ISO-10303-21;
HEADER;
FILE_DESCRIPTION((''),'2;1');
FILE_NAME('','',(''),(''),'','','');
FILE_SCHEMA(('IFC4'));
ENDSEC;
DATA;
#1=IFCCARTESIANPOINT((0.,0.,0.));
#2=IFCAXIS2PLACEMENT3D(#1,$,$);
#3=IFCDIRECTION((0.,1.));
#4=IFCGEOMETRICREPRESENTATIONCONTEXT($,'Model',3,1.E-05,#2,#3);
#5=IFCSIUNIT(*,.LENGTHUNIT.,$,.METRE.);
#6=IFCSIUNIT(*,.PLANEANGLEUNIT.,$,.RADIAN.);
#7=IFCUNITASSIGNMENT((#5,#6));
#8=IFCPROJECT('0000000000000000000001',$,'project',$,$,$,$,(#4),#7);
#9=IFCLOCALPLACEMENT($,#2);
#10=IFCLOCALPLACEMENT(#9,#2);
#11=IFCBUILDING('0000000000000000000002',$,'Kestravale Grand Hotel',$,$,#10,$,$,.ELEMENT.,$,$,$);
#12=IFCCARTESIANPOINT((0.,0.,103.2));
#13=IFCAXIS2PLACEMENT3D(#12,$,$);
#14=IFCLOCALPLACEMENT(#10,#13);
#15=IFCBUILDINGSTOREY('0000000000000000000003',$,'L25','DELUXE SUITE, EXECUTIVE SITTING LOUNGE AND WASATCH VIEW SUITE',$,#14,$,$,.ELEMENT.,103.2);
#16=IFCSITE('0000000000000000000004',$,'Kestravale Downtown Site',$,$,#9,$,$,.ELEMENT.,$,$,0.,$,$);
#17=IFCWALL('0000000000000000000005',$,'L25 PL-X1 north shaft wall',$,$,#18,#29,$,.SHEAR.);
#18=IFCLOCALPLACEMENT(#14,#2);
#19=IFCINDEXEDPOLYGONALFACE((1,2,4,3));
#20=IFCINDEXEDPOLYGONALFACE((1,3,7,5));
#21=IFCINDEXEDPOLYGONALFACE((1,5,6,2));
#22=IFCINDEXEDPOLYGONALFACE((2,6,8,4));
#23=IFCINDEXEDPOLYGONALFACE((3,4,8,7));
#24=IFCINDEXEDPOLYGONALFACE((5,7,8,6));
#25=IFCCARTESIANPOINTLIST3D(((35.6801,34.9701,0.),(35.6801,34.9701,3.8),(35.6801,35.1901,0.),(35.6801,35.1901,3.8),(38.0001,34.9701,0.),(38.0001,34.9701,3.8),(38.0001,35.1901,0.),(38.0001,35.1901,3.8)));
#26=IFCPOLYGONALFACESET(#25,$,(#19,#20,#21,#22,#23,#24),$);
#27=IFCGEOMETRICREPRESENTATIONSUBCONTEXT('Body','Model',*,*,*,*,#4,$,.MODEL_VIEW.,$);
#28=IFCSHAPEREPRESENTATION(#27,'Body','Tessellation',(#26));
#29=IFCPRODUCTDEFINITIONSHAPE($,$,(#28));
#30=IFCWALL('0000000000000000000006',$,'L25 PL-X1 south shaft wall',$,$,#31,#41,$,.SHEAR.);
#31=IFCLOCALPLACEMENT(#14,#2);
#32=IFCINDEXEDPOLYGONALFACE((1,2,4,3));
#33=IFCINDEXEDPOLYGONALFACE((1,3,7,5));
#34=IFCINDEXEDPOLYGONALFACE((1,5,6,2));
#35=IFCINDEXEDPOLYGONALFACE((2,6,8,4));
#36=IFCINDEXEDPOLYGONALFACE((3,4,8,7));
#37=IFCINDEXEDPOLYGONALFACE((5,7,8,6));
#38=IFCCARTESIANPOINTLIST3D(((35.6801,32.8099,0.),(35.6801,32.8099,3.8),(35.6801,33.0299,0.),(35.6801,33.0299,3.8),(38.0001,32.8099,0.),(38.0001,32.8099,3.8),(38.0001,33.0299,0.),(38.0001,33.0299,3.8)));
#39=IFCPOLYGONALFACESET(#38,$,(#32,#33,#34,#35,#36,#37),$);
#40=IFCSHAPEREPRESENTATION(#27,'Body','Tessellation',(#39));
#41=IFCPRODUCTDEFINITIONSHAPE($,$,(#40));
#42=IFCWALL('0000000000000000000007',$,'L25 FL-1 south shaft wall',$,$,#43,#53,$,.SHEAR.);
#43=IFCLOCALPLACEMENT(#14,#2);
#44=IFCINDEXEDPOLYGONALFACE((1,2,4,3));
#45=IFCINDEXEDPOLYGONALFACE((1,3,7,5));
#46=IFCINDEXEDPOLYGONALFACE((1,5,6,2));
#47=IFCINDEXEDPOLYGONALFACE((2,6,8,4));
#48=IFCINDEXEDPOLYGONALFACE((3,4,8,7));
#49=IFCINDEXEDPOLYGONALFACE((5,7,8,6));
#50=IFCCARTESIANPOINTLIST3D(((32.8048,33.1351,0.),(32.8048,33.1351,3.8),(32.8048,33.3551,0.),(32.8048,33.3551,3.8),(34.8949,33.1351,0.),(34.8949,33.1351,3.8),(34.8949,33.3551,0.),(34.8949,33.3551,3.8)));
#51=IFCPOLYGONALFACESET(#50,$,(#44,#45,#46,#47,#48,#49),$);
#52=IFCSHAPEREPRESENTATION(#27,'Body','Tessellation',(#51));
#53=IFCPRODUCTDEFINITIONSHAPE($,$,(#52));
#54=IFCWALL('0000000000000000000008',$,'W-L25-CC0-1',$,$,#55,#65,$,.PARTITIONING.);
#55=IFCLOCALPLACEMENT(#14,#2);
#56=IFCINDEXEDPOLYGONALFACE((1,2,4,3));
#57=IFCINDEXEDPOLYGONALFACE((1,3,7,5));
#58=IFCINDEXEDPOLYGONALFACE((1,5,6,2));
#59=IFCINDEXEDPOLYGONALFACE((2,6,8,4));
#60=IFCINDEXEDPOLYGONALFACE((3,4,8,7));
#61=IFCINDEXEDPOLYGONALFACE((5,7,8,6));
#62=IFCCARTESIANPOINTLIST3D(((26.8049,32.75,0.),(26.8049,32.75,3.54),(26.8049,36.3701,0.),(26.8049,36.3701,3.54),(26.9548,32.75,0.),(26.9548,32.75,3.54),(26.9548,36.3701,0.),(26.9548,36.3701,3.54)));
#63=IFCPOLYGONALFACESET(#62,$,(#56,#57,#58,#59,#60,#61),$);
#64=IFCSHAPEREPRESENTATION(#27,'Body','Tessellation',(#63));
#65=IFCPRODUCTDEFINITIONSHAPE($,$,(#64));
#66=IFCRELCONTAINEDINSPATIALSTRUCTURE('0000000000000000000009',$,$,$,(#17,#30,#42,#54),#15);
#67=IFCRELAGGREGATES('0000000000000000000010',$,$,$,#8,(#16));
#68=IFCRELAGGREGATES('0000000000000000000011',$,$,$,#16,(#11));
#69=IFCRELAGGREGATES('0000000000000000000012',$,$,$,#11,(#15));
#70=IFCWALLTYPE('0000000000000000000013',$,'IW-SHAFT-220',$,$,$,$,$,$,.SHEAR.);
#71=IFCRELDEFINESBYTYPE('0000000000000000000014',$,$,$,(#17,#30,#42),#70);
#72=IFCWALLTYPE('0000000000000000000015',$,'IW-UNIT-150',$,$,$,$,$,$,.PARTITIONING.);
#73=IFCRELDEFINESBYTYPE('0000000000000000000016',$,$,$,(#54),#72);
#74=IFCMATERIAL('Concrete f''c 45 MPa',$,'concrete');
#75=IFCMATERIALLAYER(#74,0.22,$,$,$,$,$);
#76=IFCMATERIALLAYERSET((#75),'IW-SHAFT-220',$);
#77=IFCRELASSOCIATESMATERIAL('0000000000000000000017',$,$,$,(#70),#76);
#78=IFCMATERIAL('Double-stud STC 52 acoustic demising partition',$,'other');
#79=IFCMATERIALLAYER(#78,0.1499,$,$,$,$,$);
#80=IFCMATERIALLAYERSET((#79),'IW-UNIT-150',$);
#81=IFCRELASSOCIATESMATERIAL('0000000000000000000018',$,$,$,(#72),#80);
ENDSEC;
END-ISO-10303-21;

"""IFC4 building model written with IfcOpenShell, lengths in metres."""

from ifc_helpers import new_model, si_unit, direction, frame, frame_2d, origin, place, context, subcontext, project, spatial, rectangle, extrude, material, layer, layer_set, type_object, element, save


model = new_model("IFC4")

# Units and contexts
model_context = context("Model", 3, precision=1e-05, world=origin(), true_north=direction((0.0, 1.0)))
body_context = subcontext(model_context, "Body", "Model", "MODEL_VIEW")
ifc_project = project(units=[si_unit("LENGTHUNIT", "METRE"), si_unit("PLANEANGLEUNIT", "RADIAN")], contexts=[model_context])

# Site, building, storey
site_placement = place(None, origin())
site = spatial("IfcSite", under=ifc_project, at=site_placement, Name="Kestravale Downtown Site", CompositionType="ELEMENT", RefElevation=0.0)
building_placement = place(site_placement, origin())
building = spatial("IfcBuilding", under=site, at=building_placement, Name="Kestravale Grand Hotel", CompositionType="ELEMENT")
storey_placement = place(building_placement, frame((0.0, 0.0, 103.2)))
storey = spatial("IfcBuildingStorey", under=building, at=storey_placement, Name="L25", Description="DELUXE SUITE, EXECUTIVE SITTING LOUNGE AND WASATCH VIEW SUITE", CompositionType="ELEMENT", Elevation=103.2)

# Shared definitions
ifc_material_1 = material(Name="Concrete f'c 45 MPa", Category="concrete")
ifc_layer_1 = layer(ifc_material_1, 0.22)
ifc_layer_set_1 = layer_set([ifc_layer_1], Name="IW-SHAFT-220")
wall_type_1 = type_object("IfcWallType", Name="IW-SHAFT-220", PredefinedType="SHEAR", material=ifc_layer_set_1)

# Walls
for number, where, z_axis, x_axis, name in (
    (1, (35.6799, 35.0801, 0.0), (0.0, 0.0, 1.0), (1.0, 0.0, 0.0), "L25 PL-X1 north shaft wall"),
    (2, (35.6799, 32.9199, 0.0), (0.0, 0.0, 1.0), (1.0, 0.0, 0.0), "L25 PL-X1 south shaft wall"),
):
    element("IfcWall", number, at=place(storey_placement, frame(where, z_axis=z_axis, x_axis=x_axis)), inside=storey, type_object=wall_type_1, Name=name, PredefinedType="SHEAR", context=body_context, shape_type="SweptSolid", body=[
        extrude(rectangle(XDim=2.3201, YDim=0.22, at=frame_2d((1.1602, 0.0))), origin(), (0.0, 0.0, 1.0), 3.8),
    ])

# Walls
wall_1_placement = place(storey_placement, frame((32.8049, 33.2451, 0.0), z_axis=(0.0, 0.0, 1.0), x_axis=(1.0, 0.0, 0.0)))
element("IfcWall", 3, at=wall_1_placement, inside=storey, type_object=wall_type_1, Name="L25 FL-1 south shaft wall", PredefinedType="SHEAR", context=body_context, shape_type="SweptSolid", body=[
    extrude(rectangle(XDim=2.0901, YDim=0.22, at=frame_2d((1.0449, 0.0))), origin(), (0.0, 0.0, 1.0), 3.8),
])
ifc_material_2 = material(Name="Double-stud STC 52 acoustic demising partition", Category="other")
ifc_layer_2 = layer(ifc_material_2, 0.1499)
ifc_layer_set_2 = layer_set([ifc_layer_2], Name="IW-UNIT-150")
wall_type_2 = type_object("IfcWallType", Name="IW-UNIT-150", PredefinedType="PARTITIONING", material=ifc_layer_set_2)
wall_2_placement = place(storey_placement, frame((26.8799, 32.75, 0.0), z_axis=(0.0, 0.0, 1.0), x_axis=(0.0, 1.0, 0.0)))
element("IfcWall", 4, at=wall_2_placement, inside=storey, type_object=wall_type_2, Name="W-L25-CC0-1", PredefinedType="PARTITIONING", context=body_context, shape_type="SweptSolid", body=[
    extrude(rectangle(XDim=3.6201, YDim=0.1499, at=frame_2d((1.8101, 0.0))), origin(), (0.0, 0.0, 1.0), 3.54),
])

save(model, "model.ifc")
